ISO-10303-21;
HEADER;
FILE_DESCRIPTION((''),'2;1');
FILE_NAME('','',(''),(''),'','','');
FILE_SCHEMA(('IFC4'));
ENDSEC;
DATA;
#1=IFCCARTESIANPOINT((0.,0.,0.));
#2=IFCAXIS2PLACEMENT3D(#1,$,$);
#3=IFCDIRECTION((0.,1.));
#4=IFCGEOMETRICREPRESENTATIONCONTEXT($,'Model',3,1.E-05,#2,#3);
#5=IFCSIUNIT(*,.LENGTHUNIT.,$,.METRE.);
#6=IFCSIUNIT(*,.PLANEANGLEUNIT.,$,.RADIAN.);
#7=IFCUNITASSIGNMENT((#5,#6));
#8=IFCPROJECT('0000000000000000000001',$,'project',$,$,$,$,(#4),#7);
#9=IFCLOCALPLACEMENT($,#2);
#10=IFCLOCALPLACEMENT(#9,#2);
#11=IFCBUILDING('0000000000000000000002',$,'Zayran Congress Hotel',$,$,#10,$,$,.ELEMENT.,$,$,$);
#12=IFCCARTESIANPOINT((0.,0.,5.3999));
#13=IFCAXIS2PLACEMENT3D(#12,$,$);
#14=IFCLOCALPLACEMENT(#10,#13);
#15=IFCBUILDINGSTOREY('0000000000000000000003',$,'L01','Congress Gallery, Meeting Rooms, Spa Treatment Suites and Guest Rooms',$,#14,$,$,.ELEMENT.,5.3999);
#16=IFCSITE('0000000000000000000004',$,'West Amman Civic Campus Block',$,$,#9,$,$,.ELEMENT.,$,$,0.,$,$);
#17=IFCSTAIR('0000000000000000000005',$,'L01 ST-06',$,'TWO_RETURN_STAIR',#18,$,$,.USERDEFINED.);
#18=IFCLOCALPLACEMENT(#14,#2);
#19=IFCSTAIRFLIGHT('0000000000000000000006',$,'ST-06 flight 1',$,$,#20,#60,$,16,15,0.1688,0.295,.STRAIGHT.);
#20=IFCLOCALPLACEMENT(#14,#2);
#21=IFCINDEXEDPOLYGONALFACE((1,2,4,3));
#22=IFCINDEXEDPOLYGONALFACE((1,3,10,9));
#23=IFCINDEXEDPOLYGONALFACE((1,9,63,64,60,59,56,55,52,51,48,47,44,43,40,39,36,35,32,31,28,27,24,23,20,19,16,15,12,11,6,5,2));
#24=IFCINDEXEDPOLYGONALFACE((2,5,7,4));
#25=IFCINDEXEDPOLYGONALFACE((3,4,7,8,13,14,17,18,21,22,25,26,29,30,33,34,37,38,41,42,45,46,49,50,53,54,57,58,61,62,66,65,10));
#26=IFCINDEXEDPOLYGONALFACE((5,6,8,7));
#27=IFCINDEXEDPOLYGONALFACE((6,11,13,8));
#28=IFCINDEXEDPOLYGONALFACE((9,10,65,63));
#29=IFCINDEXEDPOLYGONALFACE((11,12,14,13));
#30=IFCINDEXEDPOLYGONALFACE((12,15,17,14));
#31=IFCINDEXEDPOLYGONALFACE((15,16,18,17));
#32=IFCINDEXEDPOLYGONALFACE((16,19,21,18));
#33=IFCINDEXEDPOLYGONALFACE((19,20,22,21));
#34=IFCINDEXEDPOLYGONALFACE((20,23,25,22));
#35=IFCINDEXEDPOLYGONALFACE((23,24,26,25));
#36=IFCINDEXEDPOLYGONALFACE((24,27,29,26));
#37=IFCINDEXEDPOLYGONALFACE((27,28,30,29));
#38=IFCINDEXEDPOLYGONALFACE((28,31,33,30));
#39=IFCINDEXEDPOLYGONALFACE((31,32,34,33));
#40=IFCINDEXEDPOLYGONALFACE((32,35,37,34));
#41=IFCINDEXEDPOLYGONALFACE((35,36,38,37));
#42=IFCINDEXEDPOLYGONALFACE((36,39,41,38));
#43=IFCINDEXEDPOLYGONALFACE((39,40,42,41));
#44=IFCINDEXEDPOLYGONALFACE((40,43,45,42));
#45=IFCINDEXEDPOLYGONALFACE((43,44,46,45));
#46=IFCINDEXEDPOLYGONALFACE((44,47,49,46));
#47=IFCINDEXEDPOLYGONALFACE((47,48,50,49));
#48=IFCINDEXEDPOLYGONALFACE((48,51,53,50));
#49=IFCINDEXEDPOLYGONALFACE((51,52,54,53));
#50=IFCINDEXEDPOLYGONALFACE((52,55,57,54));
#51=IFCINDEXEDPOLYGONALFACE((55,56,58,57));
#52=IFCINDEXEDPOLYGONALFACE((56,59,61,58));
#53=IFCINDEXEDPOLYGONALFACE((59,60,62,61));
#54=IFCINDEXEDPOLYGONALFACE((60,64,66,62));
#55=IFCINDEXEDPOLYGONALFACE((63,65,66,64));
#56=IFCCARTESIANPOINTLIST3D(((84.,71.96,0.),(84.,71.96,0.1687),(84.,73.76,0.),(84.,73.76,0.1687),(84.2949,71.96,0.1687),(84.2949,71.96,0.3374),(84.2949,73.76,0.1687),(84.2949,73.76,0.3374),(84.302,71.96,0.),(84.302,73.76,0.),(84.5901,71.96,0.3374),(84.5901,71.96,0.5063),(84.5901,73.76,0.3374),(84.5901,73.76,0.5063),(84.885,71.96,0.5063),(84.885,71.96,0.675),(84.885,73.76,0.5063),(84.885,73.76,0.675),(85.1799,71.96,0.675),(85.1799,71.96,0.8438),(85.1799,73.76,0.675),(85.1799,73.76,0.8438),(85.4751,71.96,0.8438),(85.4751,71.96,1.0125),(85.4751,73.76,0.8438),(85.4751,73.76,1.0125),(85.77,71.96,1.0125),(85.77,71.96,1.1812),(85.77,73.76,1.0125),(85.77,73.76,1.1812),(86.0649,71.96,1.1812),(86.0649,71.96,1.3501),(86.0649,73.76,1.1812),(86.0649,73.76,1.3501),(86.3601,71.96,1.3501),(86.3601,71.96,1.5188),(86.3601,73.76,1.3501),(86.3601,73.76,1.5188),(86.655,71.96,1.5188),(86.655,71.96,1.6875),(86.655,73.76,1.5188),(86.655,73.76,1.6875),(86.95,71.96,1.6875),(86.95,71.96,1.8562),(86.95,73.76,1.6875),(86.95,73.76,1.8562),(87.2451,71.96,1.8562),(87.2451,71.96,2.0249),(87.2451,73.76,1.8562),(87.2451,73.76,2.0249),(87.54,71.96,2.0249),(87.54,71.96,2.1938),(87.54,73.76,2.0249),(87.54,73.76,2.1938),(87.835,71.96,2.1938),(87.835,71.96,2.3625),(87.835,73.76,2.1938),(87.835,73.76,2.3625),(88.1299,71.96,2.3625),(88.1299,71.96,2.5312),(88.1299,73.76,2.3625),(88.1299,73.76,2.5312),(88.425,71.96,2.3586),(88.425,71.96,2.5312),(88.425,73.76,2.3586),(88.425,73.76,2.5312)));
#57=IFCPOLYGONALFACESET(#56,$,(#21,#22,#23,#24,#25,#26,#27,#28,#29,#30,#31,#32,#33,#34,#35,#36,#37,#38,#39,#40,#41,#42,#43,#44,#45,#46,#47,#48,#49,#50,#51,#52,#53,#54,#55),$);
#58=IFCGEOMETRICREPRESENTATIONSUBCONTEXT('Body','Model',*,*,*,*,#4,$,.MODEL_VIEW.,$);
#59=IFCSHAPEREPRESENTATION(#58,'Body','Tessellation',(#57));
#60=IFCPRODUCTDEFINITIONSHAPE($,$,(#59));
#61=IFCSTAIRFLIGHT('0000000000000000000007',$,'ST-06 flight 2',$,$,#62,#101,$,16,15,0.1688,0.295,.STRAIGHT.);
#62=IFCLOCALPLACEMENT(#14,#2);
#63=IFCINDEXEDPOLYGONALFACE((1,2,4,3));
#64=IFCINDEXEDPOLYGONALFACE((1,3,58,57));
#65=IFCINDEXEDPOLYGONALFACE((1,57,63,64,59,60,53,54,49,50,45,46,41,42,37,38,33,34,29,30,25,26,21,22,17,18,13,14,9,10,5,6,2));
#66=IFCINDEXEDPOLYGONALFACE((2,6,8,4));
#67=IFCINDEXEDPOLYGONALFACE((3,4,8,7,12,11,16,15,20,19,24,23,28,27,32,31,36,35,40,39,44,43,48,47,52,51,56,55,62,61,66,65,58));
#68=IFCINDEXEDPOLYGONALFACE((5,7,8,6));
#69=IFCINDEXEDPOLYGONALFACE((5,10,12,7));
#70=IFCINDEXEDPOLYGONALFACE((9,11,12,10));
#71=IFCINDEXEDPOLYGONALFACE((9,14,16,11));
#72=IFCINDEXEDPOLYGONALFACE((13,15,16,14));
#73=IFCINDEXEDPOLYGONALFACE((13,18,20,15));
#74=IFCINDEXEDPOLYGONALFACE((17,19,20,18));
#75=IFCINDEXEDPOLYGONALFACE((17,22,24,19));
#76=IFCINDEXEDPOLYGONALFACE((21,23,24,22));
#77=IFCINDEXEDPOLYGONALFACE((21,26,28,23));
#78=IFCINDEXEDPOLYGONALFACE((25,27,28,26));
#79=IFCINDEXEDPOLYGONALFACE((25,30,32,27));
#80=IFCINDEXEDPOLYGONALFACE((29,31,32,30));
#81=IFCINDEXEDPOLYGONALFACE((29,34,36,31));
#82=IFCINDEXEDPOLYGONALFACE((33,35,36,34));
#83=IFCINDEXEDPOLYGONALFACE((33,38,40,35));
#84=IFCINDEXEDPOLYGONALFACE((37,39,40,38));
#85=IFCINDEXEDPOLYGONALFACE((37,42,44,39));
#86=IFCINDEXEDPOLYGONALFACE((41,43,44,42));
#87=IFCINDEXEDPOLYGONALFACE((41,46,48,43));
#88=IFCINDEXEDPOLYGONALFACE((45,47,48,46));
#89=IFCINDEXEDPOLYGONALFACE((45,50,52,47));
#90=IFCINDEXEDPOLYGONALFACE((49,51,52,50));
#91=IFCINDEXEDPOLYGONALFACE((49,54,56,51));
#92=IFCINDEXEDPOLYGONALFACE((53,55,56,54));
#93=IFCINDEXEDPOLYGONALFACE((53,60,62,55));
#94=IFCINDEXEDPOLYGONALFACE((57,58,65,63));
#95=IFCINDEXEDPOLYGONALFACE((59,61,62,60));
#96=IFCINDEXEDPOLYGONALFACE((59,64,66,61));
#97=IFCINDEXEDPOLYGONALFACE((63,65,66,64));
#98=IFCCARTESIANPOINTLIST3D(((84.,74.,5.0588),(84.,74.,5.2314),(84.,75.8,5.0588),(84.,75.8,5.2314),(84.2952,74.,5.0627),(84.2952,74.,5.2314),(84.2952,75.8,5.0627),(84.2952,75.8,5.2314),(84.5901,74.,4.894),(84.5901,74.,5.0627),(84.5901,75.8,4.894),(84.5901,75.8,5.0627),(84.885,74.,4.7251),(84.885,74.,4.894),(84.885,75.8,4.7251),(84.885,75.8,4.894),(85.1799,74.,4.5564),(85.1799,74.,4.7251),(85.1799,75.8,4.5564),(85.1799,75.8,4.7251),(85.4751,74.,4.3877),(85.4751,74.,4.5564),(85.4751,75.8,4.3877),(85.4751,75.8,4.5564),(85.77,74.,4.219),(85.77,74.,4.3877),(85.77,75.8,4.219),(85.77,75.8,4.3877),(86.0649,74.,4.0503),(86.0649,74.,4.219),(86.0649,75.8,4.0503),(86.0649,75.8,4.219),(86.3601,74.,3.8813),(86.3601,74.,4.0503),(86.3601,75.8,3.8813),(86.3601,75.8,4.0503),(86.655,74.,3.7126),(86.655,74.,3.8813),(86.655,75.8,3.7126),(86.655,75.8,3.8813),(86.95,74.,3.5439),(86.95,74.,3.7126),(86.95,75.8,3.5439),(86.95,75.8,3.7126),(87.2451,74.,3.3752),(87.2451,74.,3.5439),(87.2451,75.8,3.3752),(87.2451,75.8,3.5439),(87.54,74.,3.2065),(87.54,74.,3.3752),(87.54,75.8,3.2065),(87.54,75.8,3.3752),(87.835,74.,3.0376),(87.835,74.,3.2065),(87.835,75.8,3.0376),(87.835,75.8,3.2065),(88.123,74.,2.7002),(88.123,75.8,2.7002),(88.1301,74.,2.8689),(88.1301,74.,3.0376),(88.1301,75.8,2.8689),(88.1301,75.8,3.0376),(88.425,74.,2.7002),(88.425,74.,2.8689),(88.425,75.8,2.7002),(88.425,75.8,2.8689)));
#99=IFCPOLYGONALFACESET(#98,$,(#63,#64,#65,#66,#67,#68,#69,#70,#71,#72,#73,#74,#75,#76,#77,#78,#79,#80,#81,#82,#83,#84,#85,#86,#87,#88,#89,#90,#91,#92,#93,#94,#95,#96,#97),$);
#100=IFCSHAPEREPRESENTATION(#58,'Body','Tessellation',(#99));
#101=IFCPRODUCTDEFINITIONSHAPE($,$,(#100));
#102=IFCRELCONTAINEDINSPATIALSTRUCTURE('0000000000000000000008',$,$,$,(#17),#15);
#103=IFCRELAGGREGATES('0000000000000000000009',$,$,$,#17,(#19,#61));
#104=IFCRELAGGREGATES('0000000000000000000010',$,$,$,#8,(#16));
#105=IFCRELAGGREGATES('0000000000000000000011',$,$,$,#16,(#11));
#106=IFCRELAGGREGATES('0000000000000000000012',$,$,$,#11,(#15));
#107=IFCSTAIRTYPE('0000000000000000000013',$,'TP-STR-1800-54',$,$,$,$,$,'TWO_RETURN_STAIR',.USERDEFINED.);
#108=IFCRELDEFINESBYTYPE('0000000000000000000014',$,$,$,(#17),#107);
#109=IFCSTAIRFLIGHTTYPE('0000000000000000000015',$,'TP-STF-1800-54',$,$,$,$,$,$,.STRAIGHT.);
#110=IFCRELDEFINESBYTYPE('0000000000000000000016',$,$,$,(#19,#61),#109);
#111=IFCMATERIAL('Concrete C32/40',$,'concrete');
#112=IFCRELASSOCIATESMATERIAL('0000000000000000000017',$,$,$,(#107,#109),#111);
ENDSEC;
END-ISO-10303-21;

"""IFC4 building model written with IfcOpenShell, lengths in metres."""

from ifc_helpers import new_model, si_unit, direction, frame, origin, place, context, subcontext, project, spatial, polyline, outline, extrude, material, type_object, element, aggregate, save


model = new_model("IFC4")

# Units and contexts
model_context = context("Model", 3, precision=1e-05, world=origin(), true_north=direction((0.0, 1.0)))
body_context = subcontext(model_context, "Body", "Model", "MODEL_VIEW")
ifc_project = project(units=[si_unit("LENGTHUNIT", "METRE"), si_unit("PLANEANGLEUNIT", "RADIAN")], contexts=[model_context])

# Site, building, storey
site_placement = place(None, origin())
site = spatial("IfcSite", under=ifc_project, at=site_placement, Name="West Amman Civic Campus Block", CompositionType="ELEMENT", RefElevation=0.0)
building_placement = place(site_placement, origin())
building = spatial("IfcBuilding", under=site, at=building_placement, Name="Zayran Congress Hotel", CompositionType="ELEMENT")
storey_placement = place(building_placement, frame((0.0, 0.0, 5.3999)))
storey = spatial("IfcBuildingStorey", under=building, at=storey_placement, Name="L01", Description="Congress Gallery, Meeting Rooms, Spa Treatment Suites and Guest Rooms", CompositionType="ELEMENT", Elevation=5.3999)

# Stair, stair flights
ifc_material_1 = material(Name="Concrete C32/40", Category="concrete")
stair_type = type_object("IfcStairType", Name="TP-STR-1800-54", ElementType="TWO_RETURN_STAIR", PredefinedType="USERDEFINED", material=ifc_material_1)
stair_placement = place(storey_placement, origin())
stair = element("IfcStair", 1, at=stair_placement, inside=storey, type_object=stair_type, Name="L01 ST-06", ObjectType="TWO_RETURN_STAIR", PredefinedType="USERDEFINED")
stair_flight_type = type_object("IfcStairFlightType", Name="TP-STF-1800-54", PredefinedType="STRAIGHT", material=ifc_material_1)
stair_flight_1_placement = place(storey_placement, frame((84.0, 72.8601, 0.0), z_axis=(0.0, 0.0, 1.0), x_axis=(1.0, 0.0, 0.0)))
stair_flight_1 = element("IfcStairFlight", 2, at=stair_flight_1_placement, type_object=stair_flight_type, Name="ST-06 flight 1", NumberOfRisers=16, NumberOfTreads=15, PredefinedType="STRAIGHT", RiserHeight=0.1688, TreadLength=0.295, context=body_context, shape_type="SweptSolid", body=[
    extrude(outline(polyline([(0.0, 0.0), (0.0, 0.1687), (0.2949, 0.1687), (0.2949, 0.3374), (0.5901, 0.3374), (0.5901, 0.5063), (0.885, 0.5063), (0.885, 0.675), (1.1799, 0.675), (1.1799, 0.8438), (1.4751, 0.8438), (1.4751, 1.0125), (1.77, 1.0125), (1.77, 1.1812), (2.0649, 1.1812), (2.0649, 1.3501), (2.3601, 1.3501), (2.3601, 1.5188), (2.655, 1.5188), (2.655, 1.6875), (2.95, 1.6875), (2.95, 1.8562), (3.2451, 1.8562), (3.2451, 2.0249), (3.54, 2.0249), (3.54, 2.1938), (3.835, 2.1938), (3.835, 2.3625), (4.1299, 2.3625), (4.1299, 2.5312), (4.425, 2.5312), (4.425, 2.7), (4.425, 2.3586), (0.302, 0.0), (0.0, 0.0)])), frame((0.0, 0.8999, 0.0), z_axis=(0.0, -1.0, 0.0), x_axis=(1.0, 0.0, 0.0)), (0.0, 0.0, 1.0), 1.8),
])
stair_flight_2_placement = place(storey_placement, frame((88.425, 74.8999, 2.7002), z_axis=(0.0, 0.0, 1.0), x_axis=(-1.0, 0.0, 0.0)))
stair_flight_2 = element("IfcStairFlight", 3, at=stair_flight_2_placement, type_object=stair_flight_type, Name="ST-06 flight 2", NumberOfRisers=16, NumberOfTreads=15, PredefinedType="STRAIGHT", RiserHeight=0.1688, TreadLength=0.295, context=body_context, shape_type="SweptSolid", body=[
    extrude(outline(polyline([(0.0, 0.0), (0.0, 0.1687), (0.2949, 0.1687), (0.2949, 0.3374), (0.5901, 0.3374), (0.5901, 0.5063), (0.885, 0.5063), (0.885, 0.675), (1.1799, 0.675), (1.1799, 0.8438), (1.4751, 0.8438), (1.4751, 1.0125), (1.77, 1.0125), (1.77, 1.1812), (2.0649, 1.1812), (2.0649, 1.3501), (2.3601, 1.3501), (2.3601, 1.5188), (2.655, 1.5188), (2.655, 1.6875), (2.95, 1.6875), (2.95, 1.8562), (3.2451, 1.8562), (3.2451, 2.0249), (3.54, 2.0249), (3.54, 2.1938), (3.835, 2.1938), (3.835, 2.3625), (4.1299, 2.3625), (4.1299, 2.5312), (4.425, 2.5312), (4.425, 2.7), (4.425, 2.3586), (0.302, 0.0), (0.0, 0.0)])), frame((0.0, 0.8999, 0.0), z_axis=(0.0, -1.0, 0.0), x_axis=(1.0, 0.0, 0.0)), (0.0, 0.0, 1.0), 1.8),
])
aggregate(stair, [stair_flight_1, stair_flight_2])

save(model, "model.ifc")
